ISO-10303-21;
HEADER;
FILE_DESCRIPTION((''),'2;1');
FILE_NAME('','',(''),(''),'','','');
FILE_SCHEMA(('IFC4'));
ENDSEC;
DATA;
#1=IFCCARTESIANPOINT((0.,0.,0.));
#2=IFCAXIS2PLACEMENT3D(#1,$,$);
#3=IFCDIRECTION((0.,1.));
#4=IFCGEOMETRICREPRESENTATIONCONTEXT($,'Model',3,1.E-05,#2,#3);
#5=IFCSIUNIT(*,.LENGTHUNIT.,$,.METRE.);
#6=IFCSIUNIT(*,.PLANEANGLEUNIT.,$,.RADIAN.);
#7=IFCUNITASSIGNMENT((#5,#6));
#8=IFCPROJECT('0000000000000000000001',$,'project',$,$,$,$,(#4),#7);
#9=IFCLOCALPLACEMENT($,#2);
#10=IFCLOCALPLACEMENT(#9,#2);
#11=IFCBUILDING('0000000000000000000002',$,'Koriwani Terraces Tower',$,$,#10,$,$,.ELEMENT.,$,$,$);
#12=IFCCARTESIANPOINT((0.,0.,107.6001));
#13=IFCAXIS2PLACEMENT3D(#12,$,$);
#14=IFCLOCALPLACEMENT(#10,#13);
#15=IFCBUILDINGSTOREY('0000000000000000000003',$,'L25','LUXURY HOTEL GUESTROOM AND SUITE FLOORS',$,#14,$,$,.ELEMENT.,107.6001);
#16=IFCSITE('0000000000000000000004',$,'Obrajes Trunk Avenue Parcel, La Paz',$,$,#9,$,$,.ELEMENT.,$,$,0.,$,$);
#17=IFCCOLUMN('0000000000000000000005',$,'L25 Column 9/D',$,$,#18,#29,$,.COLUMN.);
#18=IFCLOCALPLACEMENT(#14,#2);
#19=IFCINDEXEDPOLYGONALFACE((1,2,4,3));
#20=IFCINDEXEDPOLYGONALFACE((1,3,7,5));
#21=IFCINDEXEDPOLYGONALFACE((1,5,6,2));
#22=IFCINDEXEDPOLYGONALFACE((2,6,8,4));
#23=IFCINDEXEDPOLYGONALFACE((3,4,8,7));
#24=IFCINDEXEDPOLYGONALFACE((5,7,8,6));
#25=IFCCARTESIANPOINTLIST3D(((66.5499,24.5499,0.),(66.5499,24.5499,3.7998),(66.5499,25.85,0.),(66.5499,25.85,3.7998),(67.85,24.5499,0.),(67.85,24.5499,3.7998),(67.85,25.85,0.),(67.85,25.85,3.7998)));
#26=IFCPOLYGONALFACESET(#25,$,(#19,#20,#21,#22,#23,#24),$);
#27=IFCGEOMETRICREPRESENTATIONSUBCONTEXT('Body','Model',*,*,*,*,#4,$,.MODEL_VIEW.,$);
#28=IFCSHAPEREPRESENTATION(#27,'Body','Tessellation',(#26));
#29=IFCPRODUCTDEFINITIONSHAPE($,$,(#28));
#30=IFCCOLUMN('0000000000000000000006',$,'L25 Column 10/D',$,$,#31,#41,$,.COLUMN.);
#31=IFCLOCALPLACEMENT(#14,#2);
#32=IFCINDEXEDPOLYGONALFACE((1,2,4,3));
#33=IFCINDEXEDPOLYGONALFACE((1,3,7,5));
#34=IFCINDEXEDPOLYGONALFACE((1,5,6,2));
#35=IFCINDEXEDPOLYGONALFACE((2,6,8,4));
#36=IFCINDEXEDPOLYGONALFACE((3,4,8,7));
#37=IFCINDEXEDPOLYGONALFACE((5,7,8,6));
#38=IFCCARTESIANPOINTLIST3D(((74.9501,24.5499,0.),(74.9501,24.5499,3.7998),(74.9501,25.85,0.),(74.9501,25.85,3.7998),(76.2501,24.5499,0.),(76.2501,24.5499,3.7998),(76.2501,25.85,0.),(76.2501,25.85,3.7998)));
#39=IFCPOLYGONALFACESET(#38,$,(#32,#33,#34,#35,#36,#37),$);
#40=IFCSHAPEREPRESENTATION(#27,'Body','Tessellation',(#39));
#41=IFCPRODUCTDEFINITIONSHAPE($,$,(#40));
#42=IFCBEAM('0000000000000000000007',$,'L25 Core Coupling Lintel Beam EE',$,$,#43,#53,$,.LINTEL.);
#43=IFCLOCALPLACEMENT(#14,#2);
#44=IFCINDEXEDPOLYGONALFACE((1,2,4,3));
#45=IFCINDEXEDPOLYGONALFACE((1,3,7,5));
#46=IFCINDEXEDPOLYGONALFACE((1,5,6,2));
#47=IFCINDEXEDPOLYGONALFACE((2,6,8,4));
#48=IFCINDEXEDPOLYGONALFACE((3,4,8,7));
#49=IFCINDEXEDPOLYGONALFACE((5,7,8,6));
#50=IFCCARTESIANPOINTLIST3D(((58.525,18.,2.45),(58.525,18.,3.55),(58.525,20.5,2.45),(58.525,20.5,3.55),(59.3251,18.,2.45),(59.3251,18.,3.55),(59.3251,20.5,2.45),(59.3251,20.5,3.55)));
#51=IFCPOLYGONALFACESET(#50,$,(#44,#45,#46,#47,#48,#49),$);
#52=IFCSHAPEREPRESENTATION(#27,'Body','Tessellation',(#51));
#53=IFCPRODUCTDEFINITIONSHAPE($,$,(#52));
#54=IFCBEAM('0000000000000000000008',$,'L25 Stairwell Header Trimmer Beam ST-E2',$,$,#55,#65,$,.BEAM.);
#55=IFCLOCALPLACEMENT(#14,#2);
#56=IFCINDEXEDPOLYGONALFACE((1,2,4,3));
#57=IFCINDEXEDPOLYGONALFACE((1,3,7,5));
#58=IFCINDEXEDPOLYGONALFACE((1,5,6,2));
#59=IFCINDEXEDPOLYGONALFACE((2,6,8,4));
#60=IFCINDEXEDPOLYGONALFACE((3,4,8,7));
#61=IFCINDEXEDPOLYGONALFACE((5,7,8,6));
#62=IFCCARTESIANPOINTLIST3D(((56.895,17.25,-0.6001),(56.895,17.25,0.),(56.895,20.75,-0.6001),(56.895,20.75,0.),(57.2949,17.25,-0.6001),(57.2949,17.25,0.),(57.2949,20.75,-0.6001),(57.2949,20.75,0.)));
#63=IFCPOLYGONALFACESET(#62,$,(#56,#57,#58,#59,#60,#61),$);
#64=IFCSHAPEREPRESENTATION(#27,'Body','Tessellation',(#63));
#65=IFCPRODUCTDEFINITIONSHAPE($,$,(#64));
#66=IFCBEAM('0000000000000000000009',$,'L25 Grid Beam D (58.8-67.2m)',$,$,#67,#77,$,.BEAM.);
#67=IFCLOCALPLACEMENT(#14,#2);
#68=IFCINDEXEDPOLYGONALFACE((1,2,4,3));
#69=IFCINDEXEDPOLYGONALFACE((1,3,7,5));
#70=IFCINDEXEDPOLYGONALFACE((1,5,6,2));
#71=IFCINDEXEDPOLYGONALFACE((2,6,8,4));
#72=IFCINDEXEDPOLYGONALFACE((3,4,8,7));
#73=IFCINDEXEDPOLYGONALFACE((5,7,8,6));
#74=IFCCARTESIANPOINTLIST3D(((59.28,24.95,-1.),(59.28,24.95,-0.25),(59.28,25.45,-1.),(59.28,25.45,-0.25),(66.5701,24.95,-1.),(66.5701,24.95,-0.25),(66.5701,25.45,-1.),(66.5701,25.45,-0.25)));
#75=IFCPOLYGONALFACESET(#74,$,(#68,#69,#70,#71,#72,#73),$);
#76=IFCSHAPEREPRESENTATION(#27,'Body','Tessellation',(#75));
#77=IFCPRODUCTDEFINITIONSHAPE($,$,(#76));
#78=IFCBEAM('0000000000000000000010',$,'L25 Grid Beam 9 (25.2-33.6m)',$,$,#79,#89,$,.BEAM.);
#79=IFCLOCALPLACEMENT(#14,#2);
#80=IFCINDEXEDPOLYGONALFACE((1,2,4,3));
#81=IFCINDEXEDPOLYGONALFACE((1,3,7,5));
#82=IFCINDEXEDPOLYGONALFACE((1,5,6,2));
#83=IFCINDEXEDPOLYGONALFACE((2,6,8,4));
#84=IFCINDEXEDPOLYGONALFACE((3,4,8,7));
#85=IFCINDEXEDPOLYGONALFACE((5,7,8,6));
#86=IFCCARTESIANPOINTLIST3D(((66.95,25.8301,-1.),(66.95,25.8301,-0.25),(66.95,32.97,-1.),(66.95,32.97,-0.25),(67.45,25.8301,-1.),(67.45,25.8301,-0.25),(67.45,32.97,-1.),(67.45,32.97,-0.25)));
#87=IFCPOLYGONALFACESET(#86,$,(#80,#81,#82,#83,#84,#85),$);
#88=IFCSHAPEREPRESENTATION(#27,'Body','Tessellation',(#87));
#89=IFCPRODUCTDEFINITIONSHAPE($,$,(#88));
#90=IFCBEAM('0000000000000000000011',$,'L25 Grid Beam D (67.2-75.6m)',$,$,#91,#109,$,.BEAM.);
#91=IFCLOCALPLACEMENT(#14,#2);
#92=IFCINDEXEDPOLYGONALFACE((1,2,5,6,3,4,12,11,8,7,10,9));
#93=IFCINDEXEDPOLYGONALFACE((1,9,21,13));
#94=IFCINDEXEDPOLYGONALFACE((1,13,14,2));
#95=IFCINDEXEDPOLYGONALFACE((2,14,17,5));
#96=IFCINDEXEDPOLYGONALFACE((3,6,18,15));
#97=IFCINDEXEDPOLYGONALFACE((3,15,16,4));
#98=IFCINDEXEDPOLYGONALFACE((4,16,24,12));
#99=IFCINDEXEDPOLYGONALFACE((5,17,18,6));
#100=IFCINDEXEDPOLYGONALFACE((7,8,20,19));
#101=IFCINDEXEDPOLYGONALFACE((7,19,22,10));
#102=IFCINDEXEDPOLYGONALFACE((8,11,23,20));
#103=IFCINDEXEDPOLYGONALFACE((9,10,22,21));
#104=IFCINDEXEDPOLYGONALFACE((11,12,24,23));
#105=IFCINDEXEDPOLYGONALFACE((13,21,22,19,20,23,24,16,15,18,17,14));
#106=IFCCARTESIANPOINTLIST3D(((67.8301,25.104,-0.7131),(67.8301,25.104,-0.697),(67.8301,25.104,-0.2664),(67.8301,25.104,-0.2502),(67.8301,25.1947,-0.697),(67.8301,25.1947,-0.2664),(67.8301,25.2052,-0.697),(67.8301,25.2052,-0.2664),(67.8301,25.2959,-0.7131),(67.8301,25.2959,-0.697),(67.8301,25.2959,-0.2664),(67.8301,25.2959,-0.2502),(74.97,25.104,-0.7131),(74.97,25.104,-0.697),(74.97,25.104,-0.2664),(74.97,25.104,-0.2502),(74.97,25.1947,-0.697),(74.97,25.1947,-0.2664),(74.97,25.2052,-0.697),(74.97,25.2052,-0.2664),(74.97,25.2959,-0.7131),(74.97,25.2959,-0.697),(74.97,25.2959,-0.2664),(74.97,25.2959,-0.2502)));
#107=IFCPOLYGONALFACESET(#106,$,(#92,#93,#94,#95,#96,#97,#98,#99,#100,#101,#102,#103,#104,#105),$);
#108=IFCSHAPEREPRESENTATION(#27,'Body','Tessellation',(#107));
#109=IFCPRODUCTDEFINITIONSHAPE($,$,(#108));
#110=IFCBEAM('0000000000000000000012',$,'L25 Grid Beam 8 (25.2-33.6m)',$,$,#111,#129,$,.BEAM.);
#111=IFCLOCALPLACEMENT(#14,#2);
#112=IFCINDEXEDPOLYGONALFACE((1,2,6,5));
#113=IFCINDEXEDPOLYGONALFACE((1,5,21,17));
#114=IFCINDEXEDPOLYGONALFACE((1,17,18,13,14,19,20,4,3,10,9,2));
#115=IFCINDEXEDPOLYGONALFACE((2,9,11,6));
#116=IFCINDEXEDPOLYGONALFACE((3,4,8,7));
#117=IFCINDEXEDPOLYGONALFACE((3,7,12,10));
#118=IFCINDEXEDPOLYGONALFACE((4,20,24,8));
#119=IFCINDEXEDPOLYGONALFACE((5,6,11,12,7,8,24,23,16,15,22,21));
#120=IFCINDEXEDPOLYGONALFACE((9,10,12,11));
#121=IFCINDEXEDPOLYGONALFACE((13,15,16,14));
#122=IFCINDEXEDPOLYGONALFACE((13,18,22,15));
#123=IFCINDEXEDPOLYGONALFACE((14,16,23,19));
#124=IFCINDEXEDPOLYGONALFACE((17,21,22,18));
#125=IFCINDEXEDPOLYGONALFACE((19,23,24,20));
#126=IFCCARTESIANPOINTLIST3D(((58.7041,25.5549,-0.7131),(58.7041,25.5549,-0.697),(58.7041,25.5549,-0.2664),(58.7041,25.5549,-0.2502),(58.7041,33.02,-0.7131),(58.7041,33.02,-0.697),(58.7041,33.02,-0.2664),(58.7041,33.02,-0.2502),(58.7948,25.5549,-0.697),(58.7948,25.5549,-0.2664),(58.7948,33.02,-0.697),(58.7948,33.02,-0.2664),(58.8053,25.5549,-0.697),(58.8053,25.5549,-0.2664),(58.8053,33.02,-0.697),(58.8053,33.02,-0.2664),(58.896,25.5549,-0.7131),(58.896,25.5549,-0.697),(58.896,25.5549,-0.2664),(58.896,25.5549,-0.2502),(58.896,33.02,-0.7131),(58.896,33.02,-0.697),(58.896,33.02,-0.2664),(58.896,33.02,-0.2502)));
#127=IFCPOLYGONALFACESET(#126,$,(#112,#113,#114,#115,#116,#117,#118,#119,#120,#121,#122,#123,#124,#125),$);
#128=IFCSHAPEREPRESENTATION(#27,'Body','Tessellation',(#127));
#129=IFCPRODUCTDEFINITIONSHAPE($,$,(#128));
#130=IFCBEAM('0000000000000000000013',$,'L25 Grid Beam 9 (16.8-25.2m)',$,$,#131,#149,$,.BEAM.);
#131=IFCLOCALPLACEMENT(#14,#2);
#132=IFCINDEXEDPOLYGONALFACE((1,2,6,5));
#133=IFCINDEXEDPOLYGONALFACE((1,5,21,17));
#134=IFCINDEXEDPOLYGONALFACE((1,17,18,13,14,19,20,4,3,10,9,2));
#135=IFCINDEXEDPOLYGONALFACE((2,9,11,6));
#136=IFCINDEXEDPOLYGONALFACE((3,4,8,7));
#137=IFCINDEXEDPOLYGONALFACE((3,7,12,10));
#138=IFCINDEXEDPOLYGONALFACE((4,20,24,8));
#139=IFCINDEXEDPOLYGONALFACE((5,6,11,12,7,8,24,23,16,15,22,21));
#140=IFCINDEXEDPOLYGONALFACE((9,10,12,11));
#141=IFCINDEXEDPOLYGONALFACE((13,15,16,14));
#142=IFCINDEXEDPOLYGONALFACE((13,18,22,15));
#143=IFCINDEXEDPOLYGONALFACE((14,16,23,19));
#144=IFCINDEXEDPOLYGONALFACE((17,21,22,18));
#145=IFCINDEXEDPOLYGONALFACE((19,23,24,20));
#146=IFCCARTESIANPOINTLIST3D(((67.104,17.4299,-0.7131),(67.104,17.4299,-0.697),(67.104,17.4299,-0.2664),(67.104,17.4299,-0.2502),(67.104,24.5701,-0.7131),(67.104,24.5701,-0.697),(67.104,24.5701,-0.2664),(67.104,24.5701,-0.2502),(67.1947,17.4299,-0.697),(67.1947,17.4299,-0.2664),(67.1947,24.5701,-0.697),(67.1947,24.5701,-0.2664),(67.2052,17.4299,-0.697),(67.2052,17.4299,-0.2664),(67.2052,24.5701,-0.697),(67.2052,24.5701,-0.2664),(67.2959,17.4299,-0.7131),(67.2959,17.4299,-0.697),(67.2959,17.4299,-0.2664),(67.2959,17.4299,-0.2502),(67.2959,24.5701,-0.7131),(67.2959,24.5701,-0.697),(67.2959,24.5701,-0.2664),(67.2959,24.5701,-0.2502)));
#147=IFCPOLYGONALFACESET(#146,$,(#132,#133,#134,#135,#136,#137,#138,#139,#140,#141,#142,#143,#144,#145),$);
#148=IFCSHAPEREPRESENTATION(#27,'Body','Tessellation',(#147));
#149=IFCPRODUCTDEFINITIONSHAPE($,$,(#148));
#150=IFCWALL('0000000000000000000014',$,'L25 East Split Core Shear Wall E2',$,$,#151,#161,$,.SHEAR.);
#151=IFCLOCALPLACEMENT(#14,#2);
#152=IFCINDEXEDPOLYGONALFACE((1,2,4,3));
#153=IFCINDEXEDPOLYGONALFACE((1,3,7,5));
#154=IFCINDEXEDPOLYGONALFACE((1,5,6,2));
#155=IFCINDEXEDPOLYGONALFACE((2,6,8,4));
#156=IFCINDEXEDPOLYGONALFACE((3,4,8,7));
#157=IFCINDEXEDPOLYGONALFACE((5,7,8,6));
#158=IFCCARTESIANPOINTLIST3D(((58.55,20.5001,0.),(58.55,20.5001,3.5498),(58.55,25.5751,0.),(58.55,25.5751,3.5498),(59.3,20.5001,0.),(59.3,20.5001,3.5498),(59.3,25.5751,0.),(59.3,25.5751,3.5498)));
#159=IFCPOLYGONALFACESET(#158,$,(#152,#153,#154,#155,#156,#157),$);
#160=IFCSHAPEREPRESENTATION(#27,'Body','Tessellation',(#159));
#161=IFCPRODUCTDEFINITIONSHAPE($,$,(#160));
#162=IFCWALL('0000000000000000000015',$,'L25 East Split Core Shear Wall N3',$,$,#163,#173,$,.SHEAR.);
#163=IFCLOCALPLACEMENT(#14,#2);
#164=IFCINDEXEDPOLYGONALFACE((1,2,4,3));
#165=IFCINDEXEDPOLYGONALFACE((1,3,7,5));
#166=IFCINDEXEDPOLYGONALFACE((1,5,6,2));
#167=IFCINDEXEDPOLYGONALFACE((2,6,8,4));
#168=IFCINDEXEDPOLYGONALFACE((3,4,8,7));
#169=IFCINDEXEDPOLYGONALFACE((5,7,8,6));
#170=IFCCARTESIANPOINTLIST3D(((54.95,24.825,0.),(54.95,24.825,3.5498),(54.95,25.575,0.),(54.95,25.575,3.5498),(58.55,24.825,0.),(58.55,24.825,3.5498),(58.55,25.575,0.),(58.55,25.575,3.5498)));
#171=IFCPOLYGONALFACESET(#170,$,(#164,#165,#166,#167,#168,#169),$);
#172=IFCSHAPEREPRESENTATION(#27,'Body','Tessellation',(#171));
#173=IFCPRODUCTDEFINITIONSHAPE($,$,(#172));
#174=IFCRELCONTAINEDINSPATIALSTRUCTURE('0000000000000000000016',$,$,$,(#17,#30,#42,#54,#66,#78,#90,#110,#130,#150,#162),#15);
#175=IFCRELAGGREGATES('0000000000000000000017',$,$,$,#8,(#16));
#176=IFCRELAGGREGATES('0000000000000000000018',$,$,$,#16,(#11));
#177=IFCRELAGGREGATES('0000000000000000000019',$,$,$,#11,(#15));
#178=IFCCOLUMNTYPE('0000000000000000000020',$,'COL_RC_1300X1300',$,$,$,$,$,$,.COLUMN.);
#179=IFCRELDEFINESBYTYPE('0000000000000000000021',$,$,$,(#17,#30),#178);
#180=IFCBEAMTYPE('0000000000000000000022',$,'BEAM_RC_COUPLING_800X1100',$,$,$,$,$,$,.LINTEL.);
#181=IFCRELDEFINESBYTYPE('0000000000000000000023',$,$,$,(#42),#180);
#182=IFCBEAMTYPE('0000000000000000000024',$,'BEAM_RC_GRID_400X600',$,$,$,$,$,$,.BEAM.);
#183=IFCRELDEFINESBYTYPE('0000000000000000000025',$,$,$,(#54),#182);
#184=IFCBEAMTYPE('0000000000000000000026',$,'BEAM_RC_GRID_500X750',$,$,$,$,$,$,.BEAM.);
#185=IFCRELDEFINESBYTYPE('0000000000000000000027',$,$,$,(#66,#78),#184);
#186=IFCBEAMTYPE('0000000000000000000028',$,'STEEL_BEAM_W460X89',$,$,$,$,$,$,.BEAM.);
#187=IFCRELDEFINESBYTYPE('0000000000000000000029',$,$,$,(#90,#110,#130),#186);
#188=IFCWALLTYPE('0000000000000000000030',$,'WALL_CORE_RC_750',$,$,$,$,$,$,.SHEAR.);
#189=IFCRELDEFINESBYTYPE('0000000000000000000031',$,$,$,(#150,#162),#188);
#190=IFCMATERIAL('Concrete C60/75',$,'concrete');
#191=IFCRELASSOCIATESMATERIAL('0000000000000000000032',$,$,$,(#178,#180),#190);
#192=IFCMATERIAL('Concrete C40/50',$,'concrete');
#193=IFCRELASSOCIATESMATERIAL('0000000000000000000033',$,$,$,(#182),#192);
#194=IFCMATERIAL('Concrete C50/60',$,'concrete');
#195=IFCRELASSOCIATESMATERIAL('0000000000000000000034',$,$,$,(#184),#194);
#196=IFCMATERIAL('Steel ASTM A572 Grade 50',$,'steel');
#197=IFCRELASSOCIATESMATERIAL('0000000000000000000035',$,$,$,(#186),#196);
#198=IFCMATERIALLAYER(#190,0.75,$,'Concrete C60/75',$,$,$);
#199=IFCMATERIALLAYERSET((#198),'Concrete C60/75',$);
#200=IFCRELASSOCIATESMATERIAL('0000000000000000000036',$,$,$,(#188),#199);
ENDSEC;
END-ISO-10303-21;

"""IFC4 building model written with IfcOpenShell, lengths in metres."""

from ifc_helpers import new_model, si_unit, direction, frame, frame_2d, origin, origin_2d, place, context, subcontext, project, spatial, rectangle, i_section, extrude, material, layer, layer_set, material_profile, profile_set, type_object, element, save


model = new_model("IFC4")

# Units and contexts
model_context = context("Model", 3, precision=1e-05, world=origin(), true_north=direction((0.0, 1.0)))
body_context = subcontext(model_context, "Body", "Model", "MODEL_VIEW")
ifc_project = project(units=[si_unit("LENGTHUNIT", "METRE"), si_unit("PLANEANGLEUNIT", "RADIAN")], contexts=[model_context])

# Site, building, storey
site_placement = place(None, origin())
site = spatial("IfcSite", under=ifc_project, at=site_placement, Name="Obrajes Trunk Avenue Parcel, La Paz", CompositionType="ELEMENT", RefElevation=0.0)
building_placement = place(site_placement, origin())
building = spatial("IfcBuilding", under=site, at=building_placement, Name="Koriwani Terraces Tower", CompositionType="ELEMENT")
storey_placement = place(building_placement, frame((0.0, 0.0, 107.6001)))
storey = spatial("IfcBuildingStorey", under=building, at=storey_placement, Name="L25", Description="LUXURY HOTEL GUESTROOM AND SUITE FLOORS", CompositionType="ELEMENT", Elevation=107.6001)

# Columns
ifc_material_1 = material(Name="Concrete C60/75", Category="concrete")
ifc_material_profile_1 = material_profile(ifc_material_1, rectangle(XDim=1.3, YDim=1.3, at=origin_2d()), Name="Concrete C60/75", Category="LoadBearing")
ifc_profile_set_1 = profile_set([ifc_material_profile_1], Name="Concrete C60/75")
column_type = type_object("IfcColumnType", Name="COL_RC_1300X1300", PredefinedType="COLUMN", material=ifc_profile_set_1)
for number, where, z_axis, x_axis, name in (
    (1, (67.2, 25.2, 0.0), (0.0, 0.0, 1.0), (1.0, 0.0, 0.0), "L25 Column 9/D"),
    (2, (75.6001, 25.2, 0.0), (0.0, 0.0, 1.0), (1.0, 0.0, 0.0), "L25 Column 10/D"),
):
    element("IfcColumn", number, at=place(storey_placement, frame(where, z_axis=z_axis, x_axis=x_axis)), inside=storey, type_object=column_type, Name=name, PredefinedType="COLUMN", context=body_context, shape_type="SweptSolid", body=[
        extrude(rectangle(XDim=1.3, YDim=1.3, at=origin_2d()), origin(), (0.0, 0.0, 1.0), 3.7998),
    ])

# Beams
ifc_material_profile_2 = material_profile(ifc_material_1, rectangle(XDim=0.8, YDim=1.1001, at=origin_2d()), Name="Concrete C60/75", Category="LoadBearing")
ifc_profile_set_2 = profile_set([ifc_material_profile_2], Name="Concrete C60/75")
beam_type_1 = type_object("IfcBeamType", Name="BEAM_RC_COUPLING_800X1100", PredefinedType="LINTEL", material=ifc_profile_set_2)
beam_1_placement = place(storey_placement, frame((58.925, 18.0, 3.0), z_axis=(0.0, 1.0, 0.0), x_axis=(-1.0, 0.0, 0.0)))
element("IfcBeam", 3, at=beam_1_placement, inside=storey, type_object=beam_type_1, Name="L25 Core Coupling Lintel Beam EE", PredefinedType="LINTEL", context=body_context, shape_type="SweptSolid", body=[
    extrude(rectangle(XDim=0.8, YDim=1.1001, at=origin_2d()), origin(), (0.0, 0.0, 1.0), 2.5),
])
ifc_material_2 = material(Name="Concrete C40/50", Category="concrete")
ifc_material_profile_3 = material_profile(ifc_material_2, rectangle(XDim=0.3999, YDim=0.6001, at=origin_2d()), Name="Concrete C40/50", Category="LoadBearing")
ifc_profile_set_3 = profile_set([ifc_material_profile_3], Name="Concrete C40/50")
beam_type_2 = type_object("IfcBeamType", Name="BEAM_RC_GRID_400X600", PredefinedType="BEAM", material=ifc_profile_set_3)
beam_2_placement = place(storey_placement, frame((57.095, 17.25, -0.3), z_axis=(0.0, 1.0, 0.0), x_axis=(-1.0, 0.0, 0.0)))
element("IfcBeam", 4, at=beam_2_placement, inside=storey, type_object=beam_type_2, Name="L25 Stairwell Header Trimmer Beam ST-E2", PredefinedType="BEAM", context=body_context, shape_type="SweptSolid", body=[
    extrude(rectangle(XDim=0.3999, YDim=0.6001, at=origin_2d()), origin(), (0.0, 0.0, 1.0), 3.5),
])
ifc_material_3 = material(Name="Concrete C50/60", Category="concrete")
ifc_material_profile_4 = material_profile(ifc_material_3, rectangle(XDim=0.5, YDim=0.75, at=origin_2d()), Name="Concrete C50/60", Category="LoadBearing")
ifc_profile_set_4 = profile_set([ifc_material_profile_4], Name="Concrete C50/60")
beam_type_3 = type_object("IfcBeamType", Name="BEAM_RC_GRID_500X750", PredefinedType="BEAM", material=ifc_profile_set_4)
beam_3_placement = place(storey_placement, frame((59.28, 25.2, -0.625), z_axis=(1.0, 0.0, 0.0), x_axis=(0.0, 1.0, 0.0)))
element("IfcBeam", 5, at=beam_3_placement, inside=storey, type_object=beam_type_3, Name="L25 Grid Beam D (58.8-67.2m)", PredefinedType="BEAM", context=body_context, shape_type="SweptSolid", body=[
    extrude(rectangle(XDim=0.5, YDim=0.75, at=origin_2d()), origin(), (0.0, 0.0, 1.0), 7.29),
])
beam_4_placement = place(storey_placement, frame((67.2, 25.8301, -0.625), z_axis=(0.0, 1.0, 0.0), x_axis=(-1.0, 0.0, 0.0)))
element("IfcBeam", 6, at=beam_4_placement, inside=storey, type_object=beam_type_3, Name="L25 Grid Beam 9 (25.2-33.6m)", PredefinedType="BEAM", context=body_context, shape_type="SweptSolid", body=[
    extrude(rectangle(XDim=0.5, YDim=0.75, at=origin_2d()), origin(), (0.0, 0.0, 1.0), 7.1399),
])
ifc_material_4 = material(Name="Steel ASTM A572 Grade 50", Category="steel")
ifc_material_profile_5 = material_profile(ifc_material_4, i_section(OverallWidth=0.1919, OverallDepth=0.4629, WebThickness=0.0105, FlangeThickness=0.0161, at=origin_2d()), Name="Steel ASTM A572 Grade 50", Category="LoadBearing")
ifc_profile_set_5 = profile_set([ifc_material_profile_5], Name="Steel ASTM A572 Grade 50")
beam_type_4 = type_object("IfcBeamType", Name="STEEL_BEAM_W460X89", PredefinedType="BEAM", material=ifc_profile_set_5)
beam_5_placement = place(storey_placement, frame((67.8301, 25.2, -0.4817), z_axis=(1.0, 0.0, 0.0), x_axis=(0.0, 1.0, 0.0)))
element("IfcBeam", 7, at=beam_5_placement, inside=storey, type_object=beam_type_4, Name="L25 Grid Beam D (67.2-75.6m)", PredefinedType="BEAM", context=body_context, shape_type="SweptSolid", body=[
    extrude(i_section(OverallWidth=0.1919, OverallDepth=0.4629, WebThickness=0.0105, FlangeThickness=0.0161, at=origin_2d()), origin(), (0.0, 0.0, 1.0), 7.1399),
])
beam_6_placement = place(storey_placement, frame((58.8, 25.5549, -0.4817), z_axis=(0.0, 1.0, 0.0), x_axis=(-1.0, 0.0, 0.0)))
element("IfcBeam", 8, at=beam_6_placement, inside=storey, type_object=beam_type_4, Name="L25 Grid Beam 8 (25.2-33.6m)", PredefinedType="BEAM", context=body_context, shape_type="SweptSolid", body=[
    extrude(i_section(OverallWidth=0.1919, OverallDepth=0.4629, WebThickness=0.0105, FlangeThickness=0.0161, at=origin_2d()), origin(), (0.0, 0.0, 1.0), 7.4651),
])
beam_7_placement = place(storey_placement, frame((67.2, 17.4299, -0.4817), z_axis=(0.0, 1.0, 0.0), x_axis=(-1.0, 0.0, 0.0)))
element("IfcBeam", 9, at=beam_7_placement, inside=storey, type_object=beam_type_4, Name="L25 Grid Beam 9 (16.8-25.2m)", PredefinedType="BEAM", context=body_context, shape_type="SweptSolid", body=[
    extrude(i_section(OverallWidth=0.1919, OverallDepth=0.4629, WebThickness=0.0105, FlangeThickness=0.0161, at=origin_2d()), origin(), (0.0, 0.0, 1.0), 7.1401),
])

# Walls
ifc_layer_1 = layer(ifc_material_1, 0.75, Name="Concrete C60/75")
ifc_layer_set_1 = layer_set([ifc_layer_1], Name="Concrete C60/75")
wall_type_1 = type_object("IfcWallType", Name="WALL_CORE_RC_750", PredefinedType="SHEAR", material=ifc_layer_set_1)
wall_1_placement = place(storey_placement, frame((58.925, 20.5, 0.0), z_axis=(0.0, 0.0, 1.0), x_axis=(0.0, 1.0, 0.0)))
element("IfcWall", 10, at=wall_1_placement, inside=storey, type_object=wall_type_1, Name="L25 East Split Core Shear Wall E2", PredefinedType="SHEAR", context=body_context, shape_type="SweptSolid", body=[
    extrude(rectangle(XDim=5.075, YDim=0.75, at=frame_2d((2.5376, 0.0))), origin(), (0.0, 0.0, 1.0), 3.5498),
])
wall_2_placement = place(storey_placement, frame((54.95, 25.2, 0.0), z_axis=(0.0, 0.0, 1.0), x_axis=(1.0, 0.0, 0.0)))
element("IfcWall", 11, at=wall_2_placement, inside=storey, type_object=wall_type_1, Name="L25 East Split Core Shear Wall N3", PredefinedType="SHEAR", context=body_context, shape_type="SweptSolid", body=[
    extrude(rectangle(XDim=3.6001, YDim=0.75, at=frame_2d((1.8, 0.0))), origin(), (0.0, 0.0, 1.0), 3.5498),
])

save(model, "model.ifc")
